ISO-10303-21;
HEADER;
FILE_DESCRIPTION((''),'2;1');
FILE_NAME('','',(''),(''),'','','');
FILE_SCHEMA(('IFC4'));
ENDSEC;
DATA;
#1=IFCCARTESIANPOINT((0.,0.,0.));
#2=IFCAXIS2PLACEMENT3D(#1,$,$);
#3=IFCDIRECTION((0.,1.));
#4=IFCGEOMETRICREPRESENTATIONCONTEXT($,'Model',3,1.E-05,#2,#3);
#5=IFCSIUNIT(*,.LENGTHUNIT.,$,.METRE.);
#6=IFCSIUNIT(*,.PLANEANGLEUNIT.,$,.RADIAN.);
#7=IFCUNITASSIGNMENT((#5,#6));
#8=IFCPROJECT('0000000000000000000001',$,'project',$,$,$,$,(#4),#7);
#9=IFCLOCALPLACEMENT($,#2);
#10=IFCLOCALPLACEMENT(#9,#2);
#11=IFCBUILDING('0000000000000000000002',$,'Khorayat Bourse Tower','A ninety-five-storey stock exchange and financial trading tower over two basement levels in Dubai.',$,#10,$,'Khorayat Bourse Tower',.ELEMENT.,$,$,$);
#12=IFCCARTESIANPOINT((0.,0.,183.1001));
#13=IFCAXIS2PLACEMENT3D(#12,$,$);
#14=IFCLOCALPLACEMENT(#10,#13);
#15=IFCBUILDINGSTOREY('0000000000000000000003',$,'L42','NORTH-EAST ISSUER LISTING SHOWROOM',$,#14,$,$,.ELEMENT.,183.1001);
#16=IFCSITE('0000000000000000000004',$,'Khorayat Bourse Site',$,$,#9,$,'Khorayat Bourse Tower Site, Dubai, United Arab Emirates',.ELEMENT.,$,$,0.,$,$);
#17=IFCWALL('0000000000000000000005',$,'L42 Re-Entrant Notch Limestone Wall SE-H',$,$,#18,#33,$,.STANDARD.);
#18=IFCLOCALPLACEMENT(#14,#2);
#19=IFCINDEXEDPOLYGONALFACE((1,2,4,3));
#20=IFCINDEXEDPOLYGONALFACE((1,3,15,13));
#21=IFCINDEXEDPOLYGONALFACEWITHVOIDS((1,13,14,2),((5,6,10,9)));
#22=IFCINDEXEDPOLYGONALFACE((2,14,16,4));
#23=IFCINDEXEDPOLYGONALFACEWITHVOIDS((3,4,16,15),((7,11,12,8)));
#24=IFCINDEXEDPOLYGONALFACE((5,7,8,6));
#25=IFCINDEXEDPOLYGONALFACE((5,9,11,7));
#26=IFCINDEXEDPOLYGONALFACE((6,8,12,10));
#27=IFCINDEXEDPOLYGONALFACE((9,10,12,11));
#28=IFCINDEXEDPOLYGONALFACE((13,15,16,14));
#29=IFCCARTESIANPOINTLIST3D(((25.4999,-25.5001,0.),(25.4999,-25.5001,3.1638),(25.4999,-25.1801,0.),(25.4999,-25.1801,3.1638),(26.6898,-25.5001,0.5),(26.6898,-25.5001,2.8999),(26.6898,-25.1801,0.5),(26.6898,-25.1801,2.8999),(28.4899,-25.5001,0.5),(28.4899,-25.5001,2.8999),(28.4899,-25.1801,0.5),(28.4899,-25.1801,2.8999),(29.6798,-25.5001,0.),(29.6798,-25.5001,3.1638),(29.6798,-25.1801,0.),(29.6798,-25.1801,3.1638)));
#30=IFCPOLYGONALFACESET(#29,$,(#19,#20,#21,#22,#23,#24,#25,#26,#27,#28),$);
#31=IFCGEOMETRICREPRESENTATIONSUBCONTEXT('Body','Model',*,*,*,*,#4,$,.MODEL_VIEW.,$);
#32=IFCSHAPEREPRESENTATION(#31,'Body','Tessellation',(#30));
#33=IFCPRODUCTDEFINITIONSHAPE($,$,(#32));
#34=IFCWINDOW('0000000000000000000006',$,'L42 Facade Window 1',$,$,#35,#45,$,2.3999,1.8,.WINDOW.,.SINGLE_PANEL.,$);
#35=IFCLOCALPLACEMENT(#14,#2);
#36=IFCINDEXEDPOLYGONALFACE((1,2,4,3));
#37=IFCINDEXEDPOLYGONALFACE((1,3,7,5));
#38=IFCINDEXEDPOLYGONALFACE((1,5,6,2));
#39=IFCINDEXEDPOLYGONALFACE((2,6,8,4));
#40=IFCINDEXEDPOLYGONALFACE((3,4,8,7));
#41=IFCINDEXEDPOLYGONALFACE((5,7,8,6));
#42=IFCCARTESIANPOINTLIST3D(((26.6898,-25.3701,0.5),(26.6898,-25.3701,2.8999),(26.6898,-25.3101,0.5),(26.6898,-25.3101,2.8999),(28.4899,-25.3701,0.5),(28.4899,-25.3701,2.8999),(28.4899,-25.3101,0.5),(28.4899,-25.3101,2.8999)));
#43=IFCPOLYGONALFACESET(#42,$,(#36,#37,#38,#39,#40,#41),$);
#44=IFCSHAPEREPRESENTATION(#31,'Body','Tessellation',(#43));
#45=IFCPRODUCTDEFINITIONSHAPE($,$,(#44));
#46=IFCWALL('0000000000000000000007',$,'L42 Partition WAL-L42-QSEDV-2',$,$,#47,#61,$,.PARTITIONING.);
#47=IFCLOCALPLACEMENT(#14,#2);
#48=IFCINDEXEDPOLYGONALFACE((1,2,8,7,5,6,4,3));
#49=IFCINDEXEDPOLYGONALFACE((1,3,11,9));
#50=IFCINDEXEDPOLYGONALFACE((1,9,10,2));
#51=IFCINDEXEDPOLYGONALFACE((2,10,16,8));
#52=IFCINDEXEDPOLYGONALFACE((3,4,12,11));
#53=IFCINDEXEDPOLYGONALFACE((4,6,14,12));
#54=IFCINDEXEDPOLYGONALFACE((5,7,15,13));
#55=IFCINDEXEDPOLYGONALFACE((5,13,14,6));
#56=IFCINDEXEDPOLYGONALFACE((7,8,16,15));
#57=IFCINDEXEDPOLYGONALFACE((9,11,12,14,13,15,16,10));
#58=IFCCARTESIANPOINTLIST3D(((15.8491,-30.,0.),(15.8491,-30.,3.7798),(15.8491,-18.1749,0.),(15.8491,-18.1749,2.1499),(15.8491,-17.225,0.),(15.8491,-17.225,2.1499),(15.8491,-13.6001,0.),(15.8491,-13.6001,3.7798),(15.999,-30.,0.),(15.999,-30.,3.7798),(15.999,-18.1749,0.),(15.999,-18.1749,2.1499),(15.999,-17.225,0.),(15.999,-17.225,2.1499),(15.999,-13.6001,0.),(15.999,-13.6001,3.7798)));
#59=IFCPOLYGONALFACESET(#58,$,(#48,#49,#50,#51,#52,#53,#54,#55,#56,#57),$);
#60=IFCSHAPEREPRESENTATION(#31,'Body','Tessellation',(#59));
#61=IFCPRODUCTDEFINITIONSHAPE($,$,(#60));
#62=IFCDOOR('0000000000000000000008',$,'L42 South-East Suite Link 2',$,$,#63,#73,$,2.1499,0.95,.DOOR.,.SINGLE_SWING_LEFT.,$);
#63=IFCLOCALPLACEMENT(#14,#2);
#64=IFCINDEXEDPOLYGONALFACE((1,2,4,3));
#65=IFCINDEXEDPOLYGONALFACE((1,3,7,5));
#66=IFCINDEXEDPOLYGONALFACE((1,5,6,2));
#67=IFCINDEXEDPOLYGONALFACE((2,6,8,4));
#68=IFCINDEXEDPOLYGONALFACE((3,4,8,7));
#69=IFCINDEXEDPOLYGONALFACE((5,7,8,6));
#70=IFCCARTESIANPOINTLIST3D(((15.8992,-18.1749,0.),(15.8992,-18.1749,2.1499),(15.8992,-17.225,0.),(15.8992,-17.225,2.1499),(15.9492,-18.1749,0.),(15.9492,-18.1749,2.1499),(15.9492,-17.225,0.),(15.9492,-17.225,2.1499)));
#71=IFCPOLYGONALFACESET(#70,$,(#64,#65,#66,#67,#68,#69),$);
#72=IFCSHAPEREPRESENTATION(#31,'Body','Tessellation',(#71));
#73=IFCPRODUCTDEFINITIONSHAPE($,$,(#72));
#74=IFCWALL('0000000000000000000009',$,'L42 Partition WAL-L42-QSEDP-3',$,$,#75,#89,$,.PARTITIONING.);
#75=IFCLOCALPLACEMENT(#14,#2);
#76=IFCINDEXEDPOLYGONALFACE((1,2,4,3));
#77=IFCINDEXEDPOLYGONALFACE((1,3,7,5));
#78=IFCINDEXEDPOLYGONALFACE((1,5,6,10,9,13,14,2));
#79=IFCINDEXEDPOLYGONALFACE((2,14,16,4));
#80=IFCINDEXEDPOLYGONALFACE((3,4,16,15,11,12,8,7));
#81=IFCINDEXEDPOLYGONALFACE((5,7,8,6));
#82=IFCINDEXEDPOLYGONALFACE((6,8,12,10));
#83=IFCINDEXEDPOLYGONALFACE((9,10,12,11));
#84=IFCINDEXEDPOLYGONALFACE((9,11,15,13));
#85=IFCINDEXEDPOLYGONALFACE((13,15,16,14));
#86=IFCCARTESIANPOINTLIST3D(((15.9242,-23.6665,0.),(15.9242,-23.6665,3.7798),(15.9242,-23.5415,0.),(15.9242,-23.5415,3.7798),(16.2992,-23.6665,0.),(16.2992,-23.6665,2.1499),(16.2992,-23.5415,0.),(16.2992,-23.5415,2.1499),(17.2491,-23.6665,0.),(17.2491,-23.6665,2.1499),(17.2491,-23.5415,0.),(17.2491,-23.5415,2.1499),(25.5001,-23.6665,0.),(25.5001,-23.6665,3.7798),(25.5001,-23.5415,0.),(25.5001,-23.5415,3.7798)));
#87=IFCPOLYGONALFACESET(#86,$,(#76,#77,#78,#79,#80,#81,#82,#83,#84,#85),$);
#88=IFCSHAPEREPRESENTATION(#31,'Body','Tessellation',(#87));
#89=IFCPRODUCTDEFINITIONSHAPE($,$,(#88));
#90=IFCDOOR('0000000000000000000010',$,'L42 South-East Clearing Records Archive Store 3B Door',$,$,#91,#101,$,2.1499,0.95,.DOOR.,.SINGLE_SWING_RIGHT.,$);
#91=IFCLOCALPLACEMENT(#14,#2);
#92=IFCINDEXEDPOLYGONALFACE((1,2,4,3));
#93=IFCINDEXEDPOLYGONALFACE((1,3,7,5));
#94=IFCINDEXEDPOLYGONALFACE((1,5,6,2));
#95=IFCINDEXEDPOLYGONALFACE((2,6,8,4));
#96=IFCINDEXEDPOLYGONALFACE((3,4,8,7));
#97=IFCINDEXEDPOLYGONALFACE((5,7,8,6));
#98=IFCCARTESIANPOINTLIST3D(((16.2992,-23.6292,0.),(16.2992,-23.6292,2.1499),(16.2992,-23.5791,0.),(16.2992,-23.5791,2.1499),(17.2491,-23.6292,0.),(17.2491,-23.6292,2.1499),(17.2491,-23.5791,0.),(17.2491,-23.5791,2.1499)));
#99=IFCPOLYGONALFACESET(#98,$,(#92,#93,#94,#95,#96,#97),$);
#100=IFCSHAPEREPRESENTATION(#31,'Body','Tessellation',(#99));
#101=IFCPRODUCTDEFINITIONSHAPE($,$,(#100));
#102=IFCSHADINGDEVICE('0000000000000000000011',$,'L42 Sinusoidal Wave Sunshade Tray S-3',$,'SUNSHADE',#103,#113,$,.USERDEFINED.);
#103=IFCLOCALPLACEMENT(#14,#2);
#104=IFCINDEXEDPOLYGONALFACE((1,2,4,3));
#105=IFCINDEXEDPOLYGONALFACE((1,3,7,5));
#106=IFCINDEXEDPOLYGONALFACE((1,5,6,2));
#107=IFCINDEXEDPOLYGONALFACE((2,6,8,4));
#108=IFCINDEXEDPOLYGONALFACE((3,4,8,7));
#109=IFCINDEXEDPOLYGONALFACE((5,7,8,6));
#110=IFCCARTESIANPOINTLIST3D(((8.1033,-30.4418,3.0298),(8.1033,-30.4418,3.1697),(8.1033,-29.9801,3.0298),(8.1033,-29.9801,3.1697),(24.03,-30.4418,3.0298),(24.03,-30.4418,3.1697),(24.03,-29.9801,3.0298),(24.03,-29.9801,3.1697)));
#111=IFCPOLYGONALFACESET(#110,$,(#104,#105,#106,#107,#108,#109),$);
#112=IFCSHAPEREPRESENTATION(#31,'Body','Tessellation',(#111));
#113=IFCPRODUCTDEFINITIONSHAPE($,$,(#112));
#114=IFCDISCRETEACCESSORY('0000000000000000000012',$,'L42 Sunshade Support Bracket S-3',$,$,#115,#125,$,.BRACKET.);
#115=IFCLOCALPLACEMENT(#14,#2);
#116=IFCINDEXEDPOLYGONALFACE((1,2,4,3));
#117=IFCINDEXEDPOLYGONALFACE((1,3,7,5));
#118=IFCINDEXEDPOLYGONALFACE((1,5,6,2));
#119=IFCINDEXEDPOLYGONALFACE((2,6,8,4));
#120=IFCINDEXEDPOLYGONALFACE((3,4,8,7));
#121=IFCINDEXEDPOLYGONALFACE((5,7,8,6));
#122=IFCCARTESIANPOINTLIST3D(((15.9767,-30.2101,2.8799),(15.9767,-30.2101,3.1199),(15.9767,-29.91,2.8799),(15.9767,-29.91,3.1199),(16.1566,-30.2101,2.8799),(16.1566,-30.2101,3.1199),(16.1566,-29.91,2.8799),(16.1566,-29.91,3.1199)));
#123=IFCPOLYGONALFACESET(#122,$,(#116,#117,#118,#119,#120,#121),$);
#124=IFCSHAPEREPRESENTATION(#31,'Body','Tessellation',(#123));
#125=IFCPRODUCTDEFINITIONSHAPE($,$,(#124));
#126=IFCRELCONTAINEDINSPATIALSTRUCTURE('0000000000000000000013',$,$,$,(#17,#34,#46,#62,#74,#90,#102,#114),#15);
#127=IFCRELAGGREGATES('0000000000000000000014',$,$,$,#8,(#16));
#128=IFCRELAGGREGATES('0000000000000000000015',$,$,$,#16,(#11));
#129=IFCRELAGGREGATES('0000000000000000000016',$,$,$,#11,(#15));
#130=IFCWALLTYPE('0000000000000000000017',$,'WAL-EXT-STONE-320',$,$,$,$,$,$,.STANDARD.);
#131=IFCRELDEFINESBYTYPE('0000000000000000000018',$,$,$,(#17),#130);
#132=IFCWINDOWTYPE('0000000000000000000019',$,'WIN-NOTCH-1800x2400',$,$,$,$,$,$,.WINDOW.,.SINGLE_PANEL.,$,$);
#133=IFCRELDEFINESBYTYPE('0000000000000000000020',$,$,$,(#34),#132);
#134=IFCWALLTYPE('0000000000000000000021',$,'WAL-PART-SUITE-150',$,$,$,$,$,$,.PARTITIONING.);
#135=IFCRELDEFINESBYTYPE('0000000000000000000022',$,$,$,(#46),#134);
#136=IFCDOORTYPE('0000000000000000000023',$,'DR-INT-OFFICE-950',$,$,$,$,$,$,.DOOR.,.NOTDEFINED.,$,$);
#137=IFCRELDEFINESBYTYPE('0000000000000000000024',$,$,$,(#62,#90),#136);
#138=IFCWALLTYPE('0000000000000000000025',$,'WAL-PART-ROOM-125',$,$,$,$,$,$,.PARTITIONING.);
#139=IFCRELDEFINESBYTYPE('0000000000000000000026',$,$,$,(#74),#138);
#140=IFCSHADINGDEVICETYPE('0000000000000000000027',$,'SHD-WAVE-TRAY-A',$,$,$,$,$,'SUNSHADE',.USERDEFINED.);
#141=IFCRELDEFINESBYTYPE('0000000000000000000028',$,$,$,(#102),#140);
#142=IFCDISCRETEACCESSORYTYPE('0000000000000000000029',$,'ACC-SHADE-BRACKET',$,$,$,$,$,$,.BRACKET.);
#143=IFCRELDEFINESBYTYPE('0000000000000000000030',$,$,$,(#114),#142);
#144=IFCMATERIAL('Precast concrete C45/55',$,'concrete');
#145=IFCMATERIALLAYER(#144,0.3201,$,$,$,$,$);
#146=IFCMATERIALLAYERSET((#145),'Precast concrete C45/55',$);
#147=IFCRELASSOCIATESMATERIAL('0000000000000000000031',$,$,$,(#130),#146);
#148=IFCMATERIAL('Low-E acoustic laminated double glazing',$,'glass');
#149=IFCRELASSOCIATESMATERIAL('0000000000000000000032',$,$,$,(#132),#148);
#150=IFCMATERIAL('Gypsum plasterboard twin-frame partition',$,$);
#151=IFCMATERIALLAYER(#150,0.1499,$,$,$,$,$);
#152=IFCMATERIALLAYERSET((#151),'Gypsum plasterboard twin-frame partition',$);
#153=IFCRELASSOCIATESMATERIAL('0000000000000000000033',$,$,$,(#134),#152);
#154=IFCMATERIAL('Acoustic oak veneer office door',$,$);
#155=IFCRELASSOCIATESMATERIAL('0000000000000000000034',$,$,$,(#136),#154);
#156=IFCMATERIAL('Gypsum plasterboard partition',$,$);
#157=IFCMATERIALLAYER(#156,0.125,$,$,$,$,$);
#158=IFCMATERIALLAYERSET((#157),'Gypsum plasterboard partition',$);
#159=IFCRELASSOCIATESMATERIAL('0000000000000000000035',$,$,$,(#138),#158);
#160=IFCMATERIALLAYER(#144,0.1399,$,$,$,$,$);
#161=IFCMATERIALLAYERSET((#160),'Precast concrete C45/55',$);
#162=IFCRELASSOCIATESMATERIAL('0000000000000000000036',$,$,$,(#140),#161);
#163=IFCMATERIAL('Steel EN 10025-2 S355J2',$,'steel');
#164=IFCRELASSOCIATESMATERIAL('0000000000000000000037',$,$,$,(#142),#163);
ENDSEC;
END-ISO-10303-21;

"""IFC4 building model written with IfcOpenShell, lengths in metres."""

from ifc_helpers import new_model, si_unit, direction, frame, frame_2d, origin, origin_2d, place, context, subcontext, project, spatial, rectangle, extrude, source, transform, mapped, material, layer, layer_set, type_object, element, fill, save


model = new_model("IFC4")

# Units and contexts
model_context = context("Model", 3, precision=1e-05, world=origin(), true_north=direction((0.0, 1.0)))
body_context = subcontext(model_context, "Body", "Model", "MODEL_VIEW")
ifc_project = project(units=[si_unit("LENGTHUNIT", "METRE"), si_unit("PLANEANGLEUNIT", "RADIAN")], contexts=[model_context])

# Site, building, storey
site_placement = place(None, origin())
site = spatial("IfcSite", under=ifc_project, at=site_placement, Name="Khorayat Bourse Site", LongName="Khorayat Bourse Tower Site, Dubai, United Arab Emirates", CompositionType="ELEMENT", RefElevation=0.0)
building_placement = place(site_placement, origin())
building = spatial("IfcBuilding", under=site, at=building_placement, Name="Khorayat Bourse Tower", Description="A ninety-five-storey stock exchange and financial trading tower over two basement levels in Dubai.", LongName="Khorayat Bourse Tower", CompositionType="ELEMENT")
storey_placement = place(building_placement, frame((0.0, 0.0, 183.1001)))
storey = spatial("IfcBuildingStorey", under=building, at=storey_placement, Name="L42", Description="NORTH-EAST ISSUER LISTING SHOWROOM", CompositionType="ELEMENT", Elevation=183.1001)

# Wall, opening, window
ifc_material_1 = material(Name="Precast concrete C45/55", Category="concrete")
ifc_layer_1 = layer(ifc_material_1, 0.3201)
ifc_layer_set_1 = layer_set([ifc_layer_1], Name="Precast concrete C45/55")
wall_type_1 = type_object("IfcWallType", Name="WAL-EXT-STONE-320", PredefinedType="STANDARD", material=ifc_layer_set_1)
shared_shape_1 = source(origin(), body_context, "Body", "SweptSolid", [
    extrude(rectangle(XDim=4.1799, YDim=0.3201, at=frame_2d((2.0898, 0.0))), origin(), (0.0, 0.0, 1.0), 3.1638),
])
shared_shape_2 = source(origin(), body_context, "Body", "SweptSolid", [
    extrude(rectangle(XDim=1.8, YDim=2.3999, at=frame_2d((0.8999, 1.2))), frame((0.0, 0.1699, 0.0), z_axis=(0.0, -1.0, 0.0), x_axis=(1.0, 0.0, 0.0)), (0.0, 0.0, 1.0), 0.3401),
])
ifc_material_2 = material(Name="Low-E acoustic laminated double glazing", Category="glass")
window_type = type_object("IfcWindowType", Name="WIN-NOTCH-1800x2400", PartitioningType="SINGLE_PANEL", PredefinedType="WINDOW", material=ifc_material_2)
shared_shape_3 = source(origin(), body_context, "Body", "SweptSolid", [
    extrude(rectangle(XDim=1.8, YDim=2.3999, at=frame_2d((0.8999, 1.2))), frame((0.0, 0.03, 0.0), z_axis=(0.0, -1.0, 0.0), x_axis=(1.0, 0.0, 0.0)), (0.0, 0.0, 1.0), 0.0601),
])
wall_1_placement = place(storey_placement, frame((25.5, -25.3401, 0.0), z_axis=(0.0, 0.0, 1.0), x_axis=(1.0, 0.0, 0.0)))
wall_1 = element("IfcWall", 1, at=wall_1_placement, inside=storey, type_object=wall_type_1, Name="L42 Re-Entrant Notch Limestone Wall SE-H", PredefinedType="STANDARD", context=body_context, shape_type="MappedRepresentation", body=[
    mapped(shared_shape_1, transform((0.0, 0.0, 0.0), scale=1.0)),
])
opening_1_placement = place(wall_1_placement, frame((1.1899, 0.0, 0.5)))
opening_1 = element("IfcOpeningElement", 2, at=opening_1_placement, cuts=wall_1, PredefinedType="OPENING", context=body_context, shape_type="MappedRepresentation", body=[
    mapped(shared_shape_2, transform((0.0, 0.0, 0.0), scale=1.0)),
])
window_1_placement = place(opening_1_placement, origin())
window_1 = element("IfcWindow", 3, at=window_1_placement, inside=storey, type_object=window_type, Name="L42 Facade Window 1", OverallHeight=2.3999, OverallWidth=1.8, PartitioningType="SINGLE_PANEL", PredefinedType="WINDOW", context=body_context, shape_type="MappedRepresentation", body=[
    mapped(shared_shape_3, transform((0.0, 0.0, 0.0), scale=1.0)),
])
fill(opening_1, window_1)

# Walls, openings, doors
ifc_material_3 = material(Name="Gypsum plasterboard twin-frame partition")
ifc_layer_2 = layer(ifc_material_3, 0.1499)
ifc_layer_set_2 = layer_set([ifc_layer_2], Name="Gypsum plasterboard twin-frame partition")
wall_type_2 = type_object("IfcWallType", Name="WAL-PART-SUITE-150", PredefinedType="PARTITIONING", material=ifc_layer_set_2)
shared_shape_4 = source(origin(), body_context, "Body", "SweptSolid", [
    extrude(rectangle(XDim=16.3999, YDim=0.1499, at=frame_2d((8.2, 0.0))), origin(), (0.0, 0.0, 1.0), 3.7798),
])
wall_2_placement = place(storey_placement, frame((15.9241, -30.0, 0.0), z_axis=(0.0, 0.0, 1.0), x_axis=(0.0, 1.0, 0.0)))
wall_2 = element("IfcWall", 4, at=wall_2_placement, inside=storey, type_object=wall_type_2, Name="L42 Partition WAL-L42-QSEDV-2", PredefinedType="PARTITIONING", context=body_context, shape_type="MappedRepresentation", body=[
    mapped(shared_shape_4, transform((0.0, 0.0, 0.0), scale=1.0)),
])
shared_shape_5 = source(origin(), body_context, "Body", "SweptSolid", [
    extrude(rectangle(XDim=0.95, YDim=2.1499, at=frame_2d((0.4751, 1.075))), frame((0.0, 0.085, 0.0), z_axis=(0.0, -1.0, 0.0), x_axis=(1.0, 0.0, 0.0)), (0.0, 0.0, 1.0), 0.1699),
])
opening_2_placement = place(wall_2_placement, frame((11.825, 0.0, 0.0)))
opening_2 = element("IfcOpeningElement", 5, at=opening_2_placement, cuts=wall_2, PredefinedType="OPENING", context=body_context, shape_type="MappedRepresentation", body=[
    mapped(shared_shape_5, transform((0.0, 0.0, 0.0), scale=1.0)),
])
ifc_material_4 = material(Name="Acoustic oak veneer office door")
door_type = type_object("IfcDoorType", Name="DR-INT-OFFICE-950", OperationType="NOTDEFINED", PredefinedType="DOOR", material=ifc_material_4)
shared_shape_6 = source(origin(), body_context, "Body", "SweptSolid", [
    extrude(rectangle(XDim=0.95, YDim=2.1499, at=frame_2d((0.4751, 1.075))), frame((0.0, 0.0249, 0.0), z_axis=(0.0, -1.0, 0.0), x_axis=(1.0, 0.0, 0.0)), (0.0, 0.0, 1.0), 0.05),
])
door_1_placement = place(opening_2_placement, origin())
door_1 = element("IfcDoor", 6, at=door_1_placement, inside=storey, type_object=door_type, Name="L42 South-East Suite Link 2", OperationType="SINGLE_SWING_LEFT", OverallHeight=2.1499, OverallWidth=0.95, PredefinedType="DOOR", context=body_context, shape_type="MappedRepresentation", body=[
    mapped(shared_shape_6, transform((0.0, 0.0, 0.0), scale=1.0)),
])
fill(opening_2, door_1)
ifc_material_5 = material(Name="Gypsum plasterboard partition")
ifc_layer_3 = layer(ifc_material_5, 0.125)
ifc_layer_set_3 = layer_set([ifc_layer_3], Name="Gypsum plasterboard partition")
wall_type_3 = type_object("IfcWallType", Name="WAL-PART-ROOM-125", PredefinedType="PARTITIONING", material=ifc_layer_set_3)
shared_shape_7 = source(origin(), body_context, "Body", "SweptSolid", [
    extrude(rectangle(XDim=9.5759, YDim=0.125, at=frame_2d((4.7881, 0.0))), origin(), (0.0, 0.0, 1.0), 3.7798),
])
wall_3_placement = place(storey_placement, frame((15.9241, -23.604, 0.0), z_axis=(0.0, 0.0, 1.0), x_axis=(1.0, 0.0, 0.0)))
wall_3 = element("IfcWall", 7, at=wall_3_placement, inside=storey, type_object=wall_type_3, Name="L42 Partition WAL-L42-QSEDP-3", PredefinedType="PARTITIONING", context=body_context, shape_type="MappedRepresentation", body=[
    mapped(shared_shape_7, transform((0.0, 0.0, 0.0), scale=1.0)),
])
shared_shape_8 = source(origin(), body_context, "Body", "SweptSolid", [
    extrude(rectangle(XDim=0.95, YDim=2.1499, at=frame_2d((0.4751, 1.075))), frame((0.0, 0.0725, 0.0), z_axis=(0.0, -1.0, 0.0), x_axis=(1.0, 0.0, 0.0)), (0.0, 0.0, 1.0), 0.145),
])
opening_3_placement = place(wall_3_placement, frame((0.375, 0.0, 0.0)))
opening_3 = element("IfcOpeningElement", 8, at=opening_3_placement, cuts=wall_3, PredefinedType="OPENING", context=body_context, shape_type="MappedRepresentation", body=[
    mapped(shared_shape_8, transform((0.0, 0.0, 0.0), scale=1.0)),
])
door_2_placement = place(opening_3_placement, origin())
door_2 = element("IfcDoor", 9, at=door_2_placement, inside=storey, type_object=door_type, Name="L42 South-East Clearing Records Archive Store 3B Door", OperationType="SINGLE_SWING_RIGHT", OverallHeight=2.1499, OverallWidth=0.95, PredefinedType="DOOR", context=body_context, shape_type="MappedRepresentation", body=[
    mapped(shared_shape_6, transform((0.0, 0.0, 0.0), scale=1.0)),
])
fill(opening_3, door_2)

# Shading device
ifc_layer_4 = layer(ifc_material_1, 0.1399)
ifc_layer_set_4 = layer_set([ifc_layer_4], Name="Precast concrete C45/55")
shading_device_type = type_object("IfcShadingDeviceType", Name="SHD-WAVE-TRAY-A", ElementType="SUNSHADE", PredefinedType="USERDEFINED", material=ifc_layer_set_4)
shared_shape_9 = source(origin(), body_context, "Body", "SweptSolid", [
    extrude(rectangle(XDim=15.9268, YDim=0.4617, at=origin_2d()), origin(), (0.0, 0.0, 1.0), 0.1399),
])
shading_device_placement = place(storey_placement, frame((16.0667, -30.2109, 3.0298), z_axis=(0.0, 0.0, 1.0), x_axis=(1.0, 0.0, 0.0)))
element("IfcShadingDevice", 10, at=shading_device_placement, inside=storey, type_object=shading_device_type, Name="L42 Sinusoidal Wave Sunshade Tray S-3", ObjectType="SUNSHADE", PredefinedType="USERDEFINED", context=body_context, shape_type="MappedRepresentation", body=[
    mapped(shared_shape_9, transform((0.0, 0.0, 0.0), scale=1.0)),
])

# Discrete accessory
ifc_material_6 = material(Name="Steel EN 10025-2 S355J2", Category="steel")
discrete_accessory_type = type_object("IfcDiscreteAccessoryType", Name="ACC-SHADE-BRACKET", PredefinedType="BRACKET", material=ifc_material_6)
shared_shape_10 = source(origin(), body_context, "Body", "SweptSolid", [
    extrude(rectangle(XDim=0.1799, YDim=0.3, at=origin_2d()), origin(), (0.0, 0.0, 1.0), 0.24),
])
discrete_accessory_placement = place(storey_placement, frame((16.0667, -30.0601, 2.8799), z_axis=(0.0, 0.0, 1.0), x_axis=(1.0, 0.0, 0.0)))
element("IfcDiscreteAccessory", 11, at=discrete_accessory_placement, inside=storey, type_object=discrete_accessory_type, Name="L42 Sunshade Support Bracket S-3", PredefinedType="BRACKET", context=body_context, shape_type="MappedRepresentation", body=[
    mapped(shared_shape_10, transform((0.0, 0.0, 0.0), scale=1.0)),
])

save(model, "model.ifc")
